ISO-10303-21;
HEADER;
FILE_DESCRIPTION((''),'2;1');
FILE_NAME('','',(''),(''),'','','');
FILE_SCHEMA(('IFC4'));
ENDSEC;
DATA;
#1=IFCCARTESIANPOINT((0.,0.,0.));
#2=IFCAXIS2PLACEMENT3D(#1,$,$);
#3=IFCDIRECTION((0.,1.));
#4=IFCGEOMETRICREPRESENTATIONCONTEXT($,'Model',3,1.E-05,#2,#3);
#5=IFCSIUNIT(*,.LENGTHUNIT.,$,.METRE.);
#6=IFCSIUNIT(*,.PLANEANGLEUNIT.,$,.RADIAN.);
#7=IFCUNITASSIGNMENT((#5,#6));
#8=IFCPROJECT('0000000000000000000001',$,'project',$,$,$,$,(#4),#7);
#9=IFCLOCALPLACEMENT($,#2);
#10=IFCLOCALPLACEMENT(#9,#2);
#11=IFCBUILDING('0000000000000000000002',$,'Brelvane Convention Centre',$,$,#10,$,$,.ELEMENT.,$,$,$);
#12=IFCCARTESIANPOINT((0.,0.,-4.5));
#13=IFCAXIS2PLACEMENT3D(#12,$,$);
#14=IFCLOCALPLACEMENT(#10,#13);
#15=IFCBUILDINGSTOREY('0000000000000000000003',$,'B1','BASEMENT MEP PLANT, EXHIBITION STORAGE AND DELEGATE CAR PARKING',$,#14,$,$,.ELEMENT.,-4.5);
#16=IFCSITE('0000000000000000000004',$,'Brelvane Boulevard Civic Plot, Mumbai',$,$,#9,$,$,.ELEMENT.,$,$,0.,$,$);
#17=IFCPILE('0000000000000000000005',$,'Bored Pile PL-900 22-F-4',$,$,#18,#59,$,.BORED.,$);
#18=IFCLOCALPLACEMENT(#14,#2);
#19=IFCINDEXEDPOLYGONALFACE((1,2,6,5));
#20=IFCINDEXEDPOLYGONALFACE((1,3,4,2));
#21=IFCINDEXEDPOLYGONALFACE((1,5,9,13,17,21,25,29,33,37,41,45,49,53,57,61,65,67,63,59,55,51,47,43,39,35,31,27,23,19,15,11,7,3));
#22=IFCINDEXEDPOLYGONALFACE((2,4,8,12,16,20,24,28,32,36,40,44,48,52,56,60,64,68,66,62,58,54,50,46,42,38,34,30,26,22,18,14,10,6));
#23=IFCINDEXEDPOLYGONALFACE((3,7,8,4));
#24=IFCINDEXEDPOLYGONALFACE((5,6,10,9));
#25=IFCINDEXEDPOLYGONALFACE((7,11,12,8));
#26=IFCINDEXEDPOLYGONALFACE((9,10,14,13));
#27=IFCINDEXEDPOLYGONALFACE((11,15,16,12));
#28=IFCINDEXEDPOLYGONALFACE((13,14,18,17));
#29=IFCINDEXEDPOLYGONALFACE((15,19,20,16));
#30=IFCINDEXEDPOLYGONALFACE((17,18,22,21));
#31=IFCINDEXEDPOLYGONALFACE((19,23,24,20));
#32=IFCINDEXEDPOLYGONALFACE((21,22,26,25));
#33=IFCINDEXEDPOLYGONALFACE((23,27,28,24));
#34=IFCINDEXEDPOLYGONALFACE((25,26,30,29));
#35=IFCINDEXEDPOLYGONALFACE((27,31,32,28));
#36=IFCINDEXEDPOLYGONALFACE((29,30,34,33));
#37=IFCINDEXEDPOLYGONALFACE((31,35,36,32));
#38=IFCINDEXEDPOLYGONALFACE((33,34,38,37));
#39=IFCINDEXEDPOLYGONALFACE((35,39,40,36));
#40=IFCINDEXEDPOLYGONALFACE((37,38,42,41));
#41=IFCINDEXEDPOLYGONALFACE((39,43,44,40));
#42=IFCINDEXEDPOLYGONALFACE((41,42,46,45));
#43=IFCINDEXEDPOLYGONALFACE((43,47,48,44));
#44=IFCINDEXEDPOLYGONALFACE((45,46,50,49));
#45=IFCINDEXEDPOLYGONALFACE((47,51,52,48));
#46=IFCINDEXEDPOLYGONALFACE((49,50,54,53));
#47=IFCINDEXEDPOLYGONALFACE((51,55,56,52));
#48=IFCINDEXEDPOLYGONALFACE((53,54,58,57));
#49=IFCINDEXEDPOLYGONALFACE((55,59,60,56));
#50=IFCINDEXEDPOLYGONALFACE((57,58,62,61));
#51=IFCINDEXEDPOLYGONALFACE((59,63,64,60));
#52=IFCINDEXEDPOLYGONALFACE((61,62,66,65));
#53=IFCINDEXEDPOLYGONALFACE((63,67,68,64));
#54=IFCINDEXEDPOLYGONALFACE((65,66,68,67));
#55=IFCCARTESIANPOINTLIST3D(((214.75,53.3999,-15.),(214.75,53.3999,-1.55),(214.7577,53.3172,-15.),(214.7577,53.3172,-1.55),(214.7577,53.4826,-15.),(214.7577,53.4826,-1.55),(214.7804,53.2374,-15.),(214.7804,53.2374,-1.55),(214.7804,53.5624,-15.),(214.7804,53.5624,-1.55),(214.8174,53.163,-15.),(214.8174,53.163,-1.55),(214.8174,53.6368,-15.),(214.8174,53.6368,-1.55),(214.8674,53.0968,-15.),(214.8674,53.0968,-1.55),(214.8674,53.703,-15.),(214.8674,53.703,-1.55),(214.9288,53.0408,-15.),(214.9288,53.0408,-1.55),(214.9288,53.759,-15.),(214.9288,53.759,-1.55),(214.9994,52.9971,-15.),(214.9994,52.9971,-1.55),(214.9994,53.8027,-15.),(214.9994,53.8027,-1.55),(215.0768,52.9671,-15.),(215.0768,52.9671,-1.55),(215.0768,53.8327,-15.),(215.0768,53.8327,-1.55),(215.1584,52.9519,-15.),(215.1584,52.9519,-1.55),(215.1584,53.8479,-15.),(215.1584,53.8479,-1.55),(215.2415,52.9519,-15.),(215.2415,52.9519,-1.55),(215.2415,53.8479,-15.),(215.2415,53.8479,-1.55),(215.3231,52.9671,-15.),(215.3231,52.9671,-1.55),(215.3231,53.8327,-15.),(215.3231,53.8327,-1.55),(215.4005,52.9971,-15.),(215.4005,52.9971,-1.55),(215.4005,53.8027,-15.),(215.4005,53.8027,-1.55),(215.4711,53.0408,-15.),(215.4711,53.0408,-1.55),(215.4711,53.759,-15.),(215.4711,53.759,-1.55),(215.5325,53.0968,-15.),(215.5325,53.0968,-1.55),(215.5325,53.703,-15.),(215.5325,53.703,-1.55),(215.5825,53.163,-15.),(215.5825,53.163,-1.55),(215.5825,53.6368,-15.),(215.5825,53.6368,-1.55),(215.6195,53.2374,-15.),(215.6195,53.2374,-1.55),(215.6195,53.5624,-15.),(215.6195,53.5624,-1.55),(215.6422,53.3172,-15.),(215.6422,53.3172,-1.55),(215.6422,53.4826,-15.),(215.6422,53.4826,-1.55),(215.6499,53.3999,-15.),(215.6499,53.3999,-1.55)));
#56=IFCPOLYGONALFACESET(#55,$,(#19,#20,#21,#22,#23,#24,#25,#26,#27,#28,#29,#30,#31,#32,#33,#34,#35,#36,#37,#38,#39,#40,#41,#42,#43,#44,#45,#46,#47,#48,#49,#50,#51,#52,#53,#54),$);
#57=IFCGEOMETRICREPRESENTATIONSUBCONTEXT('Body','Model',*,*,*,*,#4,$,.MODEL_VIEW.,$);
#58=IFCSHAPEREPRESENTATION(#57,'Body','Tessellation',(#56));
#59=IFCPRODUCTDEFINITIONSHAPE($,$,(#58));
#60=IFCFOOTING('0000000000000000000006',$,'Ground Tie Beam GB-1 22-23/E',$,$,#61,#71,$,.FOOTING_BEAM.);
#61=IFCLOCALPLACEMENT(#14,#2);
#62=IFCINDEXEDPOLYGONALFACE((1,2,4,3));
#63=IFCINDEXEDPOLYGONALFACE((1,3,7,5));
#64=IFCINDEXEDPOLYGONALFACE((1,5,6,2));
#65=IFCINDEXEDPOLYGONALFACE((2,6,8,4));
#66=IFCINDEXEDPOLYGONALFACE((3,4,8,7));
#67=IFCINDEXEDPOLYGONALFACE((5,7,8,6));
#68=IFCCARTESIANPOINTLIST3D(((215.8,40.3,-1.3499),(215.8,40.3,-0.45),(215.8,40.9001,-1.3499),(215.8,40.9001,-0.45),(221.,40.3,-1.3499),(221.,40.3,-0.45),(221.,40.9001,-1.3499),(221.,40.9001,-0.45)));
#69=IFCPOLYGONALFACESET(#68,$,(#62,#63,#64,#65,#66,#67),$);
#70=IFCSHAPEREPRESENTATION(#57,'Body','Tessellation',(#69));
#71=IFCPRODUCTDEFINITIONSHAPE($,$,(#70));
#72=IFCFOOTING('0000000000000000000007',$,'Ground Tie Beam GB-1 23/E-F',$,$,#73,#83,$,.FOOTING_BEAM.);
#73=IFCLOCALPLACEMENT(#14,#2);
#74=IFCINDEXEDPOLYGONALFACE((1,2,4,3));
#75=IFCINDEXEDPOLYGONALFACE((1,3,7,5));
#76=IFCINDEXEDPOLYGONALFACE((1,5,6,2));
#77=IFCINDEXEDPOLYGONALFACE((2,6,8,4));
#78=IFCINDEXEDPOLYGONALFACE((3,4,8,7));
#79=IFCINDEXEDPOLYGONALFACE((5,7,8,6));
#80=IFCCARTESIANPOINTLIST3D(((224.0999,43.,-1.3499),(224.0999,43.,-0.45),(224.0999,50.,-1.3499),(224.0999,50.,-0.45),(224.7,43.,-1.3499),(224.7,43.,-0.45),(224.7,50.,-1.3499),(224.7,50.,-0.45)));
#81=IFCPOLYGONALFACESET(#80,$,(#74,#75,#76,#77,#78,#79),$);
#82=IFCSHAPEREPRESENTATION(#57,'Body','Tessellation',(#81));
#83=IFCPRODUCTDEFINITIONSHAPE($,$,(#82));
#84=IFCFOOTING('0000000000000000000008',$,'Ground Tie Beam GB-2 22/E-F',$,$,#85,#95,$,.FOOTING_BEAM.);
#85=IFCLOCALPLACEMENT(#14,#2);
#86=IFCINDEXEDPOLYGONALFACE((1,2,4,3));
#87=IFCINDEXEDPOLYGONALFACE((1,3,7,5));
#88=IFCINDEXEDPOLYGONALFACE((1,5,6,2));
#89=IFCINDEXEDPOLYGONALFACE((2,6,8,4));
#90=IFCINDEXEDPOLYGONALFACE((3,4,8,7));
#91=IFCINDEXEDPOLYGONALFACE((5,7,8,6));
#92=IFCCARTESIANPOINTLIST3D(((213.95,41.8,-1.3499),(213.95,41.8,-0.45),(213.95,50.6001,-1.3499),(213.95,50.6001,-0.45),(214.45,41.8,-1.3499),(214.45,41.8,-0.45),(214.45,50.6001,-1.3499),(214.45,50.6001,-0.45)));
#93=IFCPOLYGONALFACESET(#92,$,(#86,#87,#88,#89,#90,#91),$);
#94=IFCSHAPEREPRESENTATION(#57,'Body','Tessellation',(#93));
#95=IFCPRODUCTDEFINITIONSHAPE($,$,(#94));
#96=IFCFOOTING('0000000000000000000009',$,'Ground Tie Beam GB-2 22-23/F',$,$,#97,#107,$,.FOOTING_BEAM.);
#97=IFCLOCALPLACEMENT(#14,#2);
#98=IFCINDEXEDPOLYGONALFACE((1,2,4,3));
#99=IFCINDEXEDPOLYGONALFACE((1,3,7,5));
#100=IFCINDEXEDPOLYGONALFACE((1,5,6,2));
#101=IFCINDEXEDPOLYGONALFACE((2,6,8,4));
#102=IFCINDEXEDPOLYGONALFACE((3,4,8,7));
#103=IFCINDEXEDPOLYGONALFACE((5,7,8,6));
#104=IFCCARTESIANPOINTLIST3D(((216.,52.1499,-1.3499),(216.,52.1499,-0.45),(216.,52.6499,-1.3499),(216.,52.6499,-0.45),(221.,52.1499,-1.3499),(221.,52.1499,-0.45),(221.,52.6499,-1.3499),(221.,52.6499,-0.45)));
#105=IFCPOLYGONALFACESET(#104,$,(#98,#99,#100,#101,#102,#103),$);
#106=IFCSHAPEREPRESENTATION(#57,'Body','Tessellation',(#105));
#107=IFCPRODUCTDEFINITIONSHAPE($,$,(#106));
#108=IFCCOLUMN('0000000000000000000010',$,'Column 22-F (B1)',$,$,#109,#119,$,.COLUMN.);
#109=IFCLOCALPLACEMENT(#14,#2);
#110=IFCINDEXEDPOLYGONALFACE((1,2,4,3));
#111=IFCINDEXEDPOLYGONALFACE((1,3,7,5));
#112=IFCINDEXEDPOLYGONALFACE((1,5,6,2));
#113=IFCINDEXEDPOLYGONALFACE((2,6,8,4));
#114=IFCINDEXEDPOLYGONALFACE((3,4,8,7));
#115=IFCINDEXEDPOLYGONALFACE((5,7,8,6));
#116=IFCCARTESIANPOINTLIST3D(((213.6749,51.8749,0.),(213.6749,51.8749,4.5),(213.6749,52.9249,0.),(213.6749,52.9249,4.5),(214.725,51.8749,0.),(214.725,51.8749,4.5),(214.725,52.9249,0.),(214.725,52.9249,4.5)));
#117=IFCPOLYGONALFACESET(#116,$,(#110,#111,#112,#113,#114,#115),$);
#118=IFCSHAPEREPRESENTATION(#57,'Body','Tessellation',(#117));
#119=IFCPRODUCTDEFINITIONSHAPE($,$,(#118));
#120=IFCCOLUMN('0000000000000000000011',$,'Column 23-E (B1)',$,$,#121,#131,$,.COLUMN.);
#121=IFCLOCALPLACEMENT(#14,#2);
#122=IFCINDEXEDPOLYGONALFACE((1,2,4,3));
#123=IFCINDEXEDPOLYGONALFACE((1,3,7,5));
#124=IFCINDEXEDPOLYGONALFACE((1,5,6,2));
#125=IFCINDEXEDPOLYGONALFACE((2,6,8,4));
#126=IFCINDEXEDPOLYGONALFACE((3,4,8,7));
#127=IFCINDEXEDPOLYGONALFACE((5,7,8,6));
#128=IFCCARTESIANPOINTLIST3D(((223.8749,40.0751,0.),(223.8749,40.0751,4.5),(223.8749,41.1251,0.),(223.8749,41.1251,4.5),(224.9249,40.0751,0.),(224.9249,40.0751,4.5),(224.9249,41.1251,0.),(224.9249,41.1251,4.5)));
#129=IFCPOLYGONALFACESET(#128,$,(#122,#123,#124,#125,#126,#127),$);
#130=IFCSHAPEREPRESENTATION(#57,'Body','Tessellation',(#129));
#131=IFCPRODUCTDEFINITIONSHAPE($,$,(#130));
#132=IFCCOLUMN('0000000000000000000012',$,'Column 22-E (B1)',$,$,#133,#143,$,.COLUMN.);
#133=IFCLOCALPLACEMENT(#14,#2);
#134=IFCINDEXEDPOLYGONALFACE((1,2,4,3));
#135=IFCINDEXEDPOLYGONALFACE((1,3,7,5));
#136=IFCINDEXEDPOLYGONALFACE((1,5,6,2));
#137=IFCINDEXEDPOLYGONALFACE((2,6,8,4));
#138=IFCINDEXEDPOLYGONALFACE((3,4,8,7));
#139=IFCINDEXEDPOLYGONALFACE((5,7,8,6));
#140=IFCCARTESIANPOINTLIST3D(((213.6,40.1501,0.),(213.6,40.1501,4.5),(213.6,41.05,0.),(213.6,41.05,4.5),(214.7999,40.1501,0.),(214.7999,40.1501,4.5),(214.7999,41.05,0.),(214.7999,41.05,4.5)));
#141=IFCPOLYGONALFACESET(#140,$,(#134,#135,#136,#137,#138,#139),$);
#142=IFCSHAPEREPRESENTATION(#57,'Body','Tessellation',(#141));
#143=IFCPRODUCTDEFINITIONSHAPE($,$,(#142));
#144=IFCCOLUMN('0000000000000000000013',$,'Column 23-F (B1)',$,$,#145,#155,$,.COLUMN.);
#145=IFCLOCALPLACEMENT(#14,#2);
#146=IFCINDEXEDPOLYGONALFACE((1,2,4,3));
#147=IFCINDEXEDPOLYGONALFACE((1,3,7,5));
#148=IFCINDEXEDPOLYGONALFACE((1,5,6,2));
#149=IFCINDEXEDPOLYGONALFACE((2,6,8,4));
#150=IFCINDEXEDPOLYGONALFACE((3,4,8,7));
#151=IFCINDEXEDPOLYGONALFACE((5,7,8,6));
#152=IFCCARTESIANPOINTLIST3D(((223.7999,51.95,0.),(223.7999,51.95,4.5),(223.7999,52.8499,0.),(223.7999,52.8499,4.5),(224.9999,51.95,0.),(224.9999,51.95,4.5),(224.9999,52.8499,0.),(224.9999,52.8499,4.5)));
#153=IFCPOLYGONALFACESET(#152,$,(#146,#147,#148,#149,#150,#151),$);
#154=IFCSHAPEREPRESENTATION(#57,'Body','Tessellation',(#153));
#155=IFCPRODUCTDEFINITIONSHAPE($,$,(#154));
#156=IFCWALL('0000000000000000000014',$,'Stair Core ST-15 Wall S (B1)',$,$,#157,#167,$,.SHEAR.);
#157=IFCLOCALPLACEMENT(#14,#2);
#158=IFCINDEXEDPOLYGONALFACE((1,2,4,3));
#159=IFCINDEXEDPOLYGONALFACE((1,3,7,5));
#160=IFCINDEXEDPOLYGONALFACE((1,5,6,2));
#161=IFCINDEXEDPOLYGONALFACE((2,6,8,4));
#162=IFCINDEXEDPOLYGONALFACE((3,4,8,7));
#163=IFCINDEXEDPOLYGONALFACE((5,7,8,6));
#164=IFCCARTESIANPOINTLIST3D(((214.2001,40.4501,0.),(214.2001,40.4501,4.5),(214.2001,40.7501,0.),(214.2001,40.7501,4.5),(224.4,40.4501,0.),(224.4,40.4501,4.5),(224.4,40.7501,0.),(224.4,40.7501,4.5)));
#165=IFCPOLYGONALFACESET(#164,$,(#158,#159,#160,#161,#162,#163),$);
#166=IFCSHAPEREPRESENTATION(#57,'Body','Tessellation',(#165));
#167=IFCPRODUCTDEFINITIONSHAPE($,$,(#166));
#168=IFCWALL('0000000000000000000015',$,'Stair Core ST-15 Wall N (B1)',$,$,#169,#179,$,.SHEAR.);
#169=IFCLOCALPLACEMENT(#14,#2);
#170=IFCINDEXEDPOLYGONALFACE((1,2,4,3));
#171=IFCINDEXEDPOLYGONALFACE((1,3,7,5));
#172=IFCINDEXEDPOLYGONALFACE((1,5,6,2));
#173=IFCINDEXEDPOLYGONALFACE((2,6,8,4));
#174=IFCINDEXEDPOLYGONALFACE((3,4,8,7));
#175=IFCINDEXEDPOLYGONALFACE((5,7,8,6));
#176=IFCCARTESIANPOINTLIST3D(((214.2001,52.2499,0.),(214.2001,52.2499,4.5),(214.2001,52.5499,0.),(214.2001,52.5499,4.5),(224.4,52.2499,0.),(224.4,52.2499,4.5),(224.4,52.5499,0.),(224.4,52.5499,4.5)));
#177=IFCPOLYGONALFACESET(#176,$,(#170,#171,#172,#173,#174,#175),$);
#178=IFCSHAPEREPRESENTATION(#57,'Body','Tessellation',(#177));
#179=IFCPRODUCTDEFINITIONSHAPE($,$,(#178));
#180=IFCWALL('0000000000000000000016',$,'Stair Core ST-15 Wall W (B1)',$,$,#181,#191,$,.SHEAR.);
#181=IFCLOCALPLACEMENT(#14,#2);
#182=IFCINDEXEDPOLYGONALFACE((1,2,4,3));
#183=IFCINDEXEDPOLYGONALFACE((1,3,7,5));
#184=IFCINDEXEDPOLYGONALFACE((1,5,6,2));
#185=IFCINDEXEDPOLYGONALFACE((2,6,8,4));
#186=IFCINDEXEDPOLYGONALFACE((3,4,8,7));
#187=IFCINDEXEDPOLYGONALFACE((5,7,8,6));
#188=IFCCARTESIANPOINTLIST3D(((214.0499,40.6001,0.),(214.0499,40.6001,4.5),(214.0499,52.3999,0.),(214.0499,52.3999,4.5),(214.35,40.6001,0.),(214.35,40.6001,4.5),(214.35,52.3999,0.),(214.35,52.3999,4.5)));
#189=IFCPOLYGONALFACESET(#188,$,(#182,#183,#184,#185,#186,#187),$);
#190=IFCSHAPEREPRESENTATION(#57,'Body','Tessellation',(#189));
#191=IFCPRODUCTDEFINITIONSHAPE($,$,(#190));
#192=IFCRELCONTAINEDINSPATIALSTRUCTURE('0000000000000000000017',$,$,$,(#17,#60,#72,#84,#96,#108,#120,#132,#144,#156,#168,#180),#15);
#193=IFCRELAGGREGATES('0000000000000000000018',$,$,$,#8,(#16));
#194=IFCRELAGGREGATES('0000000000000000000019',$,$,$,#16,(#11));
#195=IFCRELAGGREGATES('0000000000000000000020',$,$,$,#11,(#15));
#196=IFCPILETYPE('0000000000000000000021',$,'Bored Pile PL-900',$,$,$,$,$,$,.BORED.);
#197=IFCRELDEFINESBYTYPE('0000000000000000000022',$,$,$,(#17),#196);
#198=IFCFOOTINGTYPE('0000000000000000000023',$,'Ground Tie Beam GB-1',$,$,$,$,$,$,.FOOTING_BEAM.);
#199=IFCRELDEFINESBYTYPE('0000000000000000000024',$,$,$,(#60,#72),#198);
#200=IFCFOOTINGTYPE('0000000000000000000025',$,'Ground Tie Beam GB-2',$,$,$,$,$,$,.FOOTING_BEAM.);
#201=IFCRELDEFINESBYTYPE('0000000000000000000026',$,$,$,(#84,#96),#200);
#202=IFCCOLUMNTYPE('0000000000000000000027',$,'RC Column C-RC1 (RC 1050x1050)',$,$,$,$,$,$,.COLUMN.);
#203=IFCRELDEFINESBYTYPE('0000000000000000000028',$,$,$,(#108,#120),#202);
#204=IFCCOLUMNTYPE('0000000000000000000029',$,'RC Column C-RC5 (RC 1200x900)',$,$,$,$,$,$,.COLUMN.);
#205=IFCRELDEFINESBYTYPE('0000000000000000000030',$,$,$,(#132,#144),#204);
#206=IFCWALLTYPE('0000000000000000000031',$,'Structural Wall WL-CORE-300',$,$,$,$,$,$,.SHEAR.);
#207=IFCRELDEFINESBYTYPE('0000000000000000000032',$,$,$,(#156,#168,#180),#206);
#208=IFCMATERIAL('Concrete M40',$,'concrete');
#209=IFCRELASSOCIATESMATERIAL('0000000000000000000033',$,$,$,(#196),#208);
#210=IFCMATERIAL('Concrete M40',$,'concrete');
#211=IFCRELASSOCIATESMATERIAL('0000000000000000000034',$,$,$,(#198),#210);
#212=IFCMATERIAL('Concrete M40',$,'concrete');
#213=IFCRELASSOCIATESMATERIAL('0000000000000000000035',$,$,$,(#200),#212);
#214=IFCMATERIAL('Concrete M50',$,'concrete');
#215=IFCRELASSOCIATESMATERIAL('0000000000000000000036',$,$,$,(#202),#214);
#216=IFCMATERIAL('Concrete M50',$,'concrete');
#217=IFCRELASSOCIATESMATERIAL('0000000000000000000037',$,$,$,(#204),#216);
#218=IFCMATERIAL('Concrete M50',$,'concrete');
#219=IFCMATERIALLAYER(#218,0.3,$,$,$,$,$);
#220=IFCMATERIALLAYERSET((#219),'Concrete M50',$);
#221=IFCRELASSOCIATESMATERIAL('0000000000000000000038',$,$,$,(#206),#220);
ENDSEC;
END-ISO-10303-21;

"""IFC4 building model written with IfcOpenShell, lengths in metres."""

from ifc_helpers import new_model, si_unit, direction, frame, frame_2d, origin, origin_2d, place, context, subcontext, project, spatial, rectangle, circle, extrude, material, layer, layer_set, material_profile, profile_set, type_object, element, save


model = new_model("IFC4")

# Units and contexts
model_context = context("Model", 3, precision=1e-05, world=origin(), true_north=direction((0.0, 1.0)))
body_context = subcontext(model_context, "Body", "Model", "MODEL_VIEW")
ifc_project = project(units=[si_unit("LENGTHUNIT", "METRE"), si_unit("PLANEANGLEUNIT", "RADIAN")], contexts=[model_context])

# Site, building, storey
site_placement = place(None, origin())
site = spatial("IfcSite", under=ifc_project, at=site_placement, Name="Brelvane Boulevard Civic Plot, Mumbai", CompositionType="ELEMENT", RefElevation=0.0)
building_placement = place(site_placement, origin())
building = spatial("IfcBuilding", under=site, at=building_placement, Name="Brelvane Convention Centre", CompositionType="ELEMENT")
storey_placement = place(building_placement, frame((0.0, 0.0, -4.5)))
storey = spatial("IfcBuildingStorey", under=building, at=storey_placement, Name="B1", Description="BASEMENT MEP PLANT, EXHIBITION STORAGE AND DELEGATE CAR PARKING", CompositionType="ELEMENT", Elevation=-4.5)

# Pile
ifc_material_1 = material(Name="Concrete M40", Category="concrete")
ifc_material_profile_1 = material_profile(ifc_material_1, circle(Radius=0.45, at=origin_2d()), Name="PILE D900")
ifc_profile_set_1 = profile_set([ifc_material_profile_1], Name="Concrete M40")
pile_type_1 = type_object("IfcPileType", Name="Bored Pile PL-900", PredefinedType="BORED", material=ifc_profile_set_1)
for number, where, z_axis, x_axis, name in (
    (1, (215.2, 53.3999, -1.55), (0.0, 0.0, -1.0), (1.0, 0.0, 0.0), "Bored Pile PL-900 22-F-4"),
):
    element("IfcPile", number, at=place(storey_placement, frame(where, z_axis=z_axis, x_axis=x_axis)), inside=storey, type_object=pile_type_1, Name=name, PredefinedType="BORED", context=body_context, shape_type="SweptSolid", body=[
        extrude(circle(Radius=0.45, at=origin_2d()), origin(), (0.0, 0.0, 1.0), 13.45),
    ])

# Footings
ifc_material_2 = material(Name="Concrete M40", Category="concrete")
ifc_material_profile_2 = material_profile(ifc_material_2, rectangle(XDim=0.6001, YDim=0.8999, at=origin_2d()), Name="RC 600x900")
ifc_profile_set_2 = profile_set([ifc_material_profile_2], Name="Concrete M40")
footing_type_1 = type_object("IfcFootingType", Name="Ground Tie Beam GB-1", PredefinedType="FOOTING_BEAM", material=ifc_profile_set_2)
footing_1_placement = place(storey_placement, frame((215.8, 40.6001, -0.8999), z_axis=(1.0, 0.0, 0.0), x_axis=(0.0, 1.0, 0.0)))
element("IfcFooting", 2, at=footing_1_placement, inside=storey, type_object=footing_type_1, Name="Ground Tie Beam GB-1 22-23/E", PredefinedType="FOOTING_BEAM", context=body_context, shape_type="SweptSolid", body=[
    extrude(rectangle(XDim=0.6001, YDim=0.8999, at=origin_2d()), origin(), (0.0, 0.0, 1.0), 5.2),
])
footing_2_placement = place(storey_placement, frame((224.3999, 43.0, -0.8999), z_axis=(0.0, 1.0, 0.0), x_axis=(-1.0, 0.0, 0.0)))
element("IfcFooting", 3, at=footing_2_placement, inside=storey, type_object=footing_type_1, Name="Ground Tie Beam GB-1 23/E-F", PredefinedType="FOOTING_BEAM", context=body_context, shape_type="SweptSolid", body=[
    extrude(rectangle(XDim=0.6001, YDim=0.8999, at=origin_2d()), origin(), (0.0, 0.0, 1.0), 7.0),
])
ifc_material_3 = material(Name="Concrete M40", Category="concrete")
ifc_material_profile_3 = material_profile(ifc_material_3, rectangle(XDim=0.5, YDim=0.8999, at=origin_2d()), Name="RC 500x900")
ifc_profile_set_3 = profile_set([ifc_material_profile_3], Name="Concrete M40")
footing_type_2 = type_object("IfcFootingType", Name="Ground Tie Beam GB-2", PredefinedType="FOOTING_BEAM", material=ifc_profile_set_3)
footing_3_placement = place(storey_placement, frame((214.2, 41.8, -0.8999), z_axis=(0.0, 1.0, 0.0), x_axis=(-1.0, 0.0, 0.0)))
element("IfcFooting", 4, at=footing_3_placement, inside=storey, type_object=footing_type_2, Name="Ground Tie Beam GB-2 22/E-F", PredefinedType="FOOTING_BEAM", context=body_context, shape_type="SweptSolid", body=[
    extrude(rectangle(XDim=0.5, YDim=0.8999, at=origin_2d()), origin(), (0.0, 0.0, 1.0), 8.8),
])
footing_4_placement = place(storey_placement, frame((216.0, 52.3999, -0.8999), z_axis=(1.0, 0.0, 0.0), x_axis=(0.0, 1.0, 0.0)))
element("IfcFooting", 5, at=footing_4_placement, inside=storey, type_object=footing_type_2, Name="Ground Tie Beam GB-2 22-23/F", PredefinedType="FOOTING_BEAM", context=body_context, shape_type="SweptSolid", body=[
    extrude(rectangle(XDim=0.5, YDim=0.8999, at=origin_2d()), origin(), (0.0, 0.0, 1.0), 5.0),
])

# Columns
ifc_material_4 = material(Name="Concrete M50", Category="concrete")
ifc_material_profile_4 = material_profile(ifc_material_4, rectangle(XDim=1.05, YDim=1.05, at=origin_2d()), Name="RC 1050x1050")
ifc_profile_set_4 = profile_set([ifc_material_profile_4], Name="Concrete M50")
column_type_1 = type_object("IfcColumnType", Name="RC Column C-RC1 (RC 1050x1050)", PredefinedType="COLUMN", material=ifc_profile_set_4)
for number, where, z_axis, x_axis, name in (
    (6, (214.2, 52.3999, 0.0), (0.0, 0.0, 1.0), (1.0, 0.0, 0.0), "Column 22-F (B1)"),
    (7, (224.3999, 40.6001, 0.0), (0.0, 0.0, 1.0), (1.0, 0.0, 0.0), "Column 23-E (B1)"),
):
    element("IfcColumn", number, at=place(storey_placement, frame(where, z_axis=z_axis, x_axis=x_axis)), inside=storey, type_object=column_type_1, Name=name, PredefinedType="COLUMN", context=body_context, shape_type="SweptSolid", body=[
        extrude(rectangle(XDim=1.05, YDim=1.05, at=origin_2d()), origin(), (0.0, 0.0, 1.0), 4.5),
    ])
ifc_material_5 = material(Name="Concrete M50", Category="concrete")
ifc_material_profile_5 = material_profile(ifc_material_5, rectangle(XDim=1.2, YDim=0.8999, at=origin_2d()), Name="RC 1200x900")
ifc_profile_set_5 = profile_set([ifc_material_profile_5], Name="Concrete M50")
column_type_2 = type_object("IfcColumnType", Name="RC Column C-RC5 (RC 1200x900)", PredefinedType="COLUMN", material=ifc_profile_set_5)
for number, where, z_axis, x_axis, name in (
    (8, (214.2, 40.6001, 0.0), (0.0, 0.0, 1.0), (1.0, 0.0, 0.0), "Column 22-E (B1)"),
    (9, (224.3999, 52.3999, 0.0), (0.0, 0.0, 1.0), (1.0, 0.0, 0.0), "Column 23-F (B1)"),
):
    element("IfcColumn", number, at=place(storey_placement, frame(where, z_axis=z_axis, x_axis=x_axis)), inside=storey, type_object=column_type_2, Name=name, PredefinedType="COLUMN", context=body_context, shape_type="SweptSolid", body=[
        extrude(rectangle(XDim=1.2, YDim=0.8999, at=origin_2d()), origin(), (0.0, 0.0, 1.0), 4.5),
    ])

# Walls
ifc_material_6 = material(Name="Concrete M50", Category="concrete")
ifc_layer = layer(ifc_material_6, 0.3)
ifc_layer_set = layer_set([ifc_layer], Name="Concrete M50")
wall_type = type_object("IfcWallType", Name="Structural Wall WL-CORE-300", PredefinedType="SHEAR", material=ifc_layer_set)
for number, where, z_axis, x_axis, name in (
    (10, (214.2, 40.6001, 0.0), (0.0, 0.0, 1.0), (1.0, 0.0, 0.0), "Stair Core ST-15 Wall S (B1)"),
    (11, (214.2, 52.3999, 0.0), (0.0, 0.0, 1.0), (1.0, 0.0, 0.0), "Stair Core ST-15 Wall N (B1)"),
):
    element("IfcWall", number, at=place(storey_placement, frame(where, z_axis=z_axis, x_axis=x_axis)), inside=storey, type_object=wall_type, Name=name, PredefinedType="SHEAR", context=body_context, shape_type="SweptSolid", body=[
        extrude(rectangle(XDim=10.2, YDim=0.3, at=frame_2d((5.1001, 0.0))), origin(), (0.0, 0.0, 1.0), 4.5),
    ])
wall_1_placement = place(storey_placement, frame((214.2, 40.6001, 0.0), z_axis=(0.0, 0.0, 1.0), x_axis=(0.0, 1.0, 0.0)))
element("IfcWall", 12, at=wall_1_placement, inside=storey, type_object=wall_type, Name="Stair Core ST-15 Wall W (B1)", PredefinedType="SHEAR", context=body_context, shape_type="SweptSolid", body=[
    extrude(rectangle(XDim=11.7998, YDim=0.3, at=frame_2d((5.8999, 0.0))), origin(), (0.0, 0.0, 1.0), 4.5),
])

save(model, "model.ifc")
